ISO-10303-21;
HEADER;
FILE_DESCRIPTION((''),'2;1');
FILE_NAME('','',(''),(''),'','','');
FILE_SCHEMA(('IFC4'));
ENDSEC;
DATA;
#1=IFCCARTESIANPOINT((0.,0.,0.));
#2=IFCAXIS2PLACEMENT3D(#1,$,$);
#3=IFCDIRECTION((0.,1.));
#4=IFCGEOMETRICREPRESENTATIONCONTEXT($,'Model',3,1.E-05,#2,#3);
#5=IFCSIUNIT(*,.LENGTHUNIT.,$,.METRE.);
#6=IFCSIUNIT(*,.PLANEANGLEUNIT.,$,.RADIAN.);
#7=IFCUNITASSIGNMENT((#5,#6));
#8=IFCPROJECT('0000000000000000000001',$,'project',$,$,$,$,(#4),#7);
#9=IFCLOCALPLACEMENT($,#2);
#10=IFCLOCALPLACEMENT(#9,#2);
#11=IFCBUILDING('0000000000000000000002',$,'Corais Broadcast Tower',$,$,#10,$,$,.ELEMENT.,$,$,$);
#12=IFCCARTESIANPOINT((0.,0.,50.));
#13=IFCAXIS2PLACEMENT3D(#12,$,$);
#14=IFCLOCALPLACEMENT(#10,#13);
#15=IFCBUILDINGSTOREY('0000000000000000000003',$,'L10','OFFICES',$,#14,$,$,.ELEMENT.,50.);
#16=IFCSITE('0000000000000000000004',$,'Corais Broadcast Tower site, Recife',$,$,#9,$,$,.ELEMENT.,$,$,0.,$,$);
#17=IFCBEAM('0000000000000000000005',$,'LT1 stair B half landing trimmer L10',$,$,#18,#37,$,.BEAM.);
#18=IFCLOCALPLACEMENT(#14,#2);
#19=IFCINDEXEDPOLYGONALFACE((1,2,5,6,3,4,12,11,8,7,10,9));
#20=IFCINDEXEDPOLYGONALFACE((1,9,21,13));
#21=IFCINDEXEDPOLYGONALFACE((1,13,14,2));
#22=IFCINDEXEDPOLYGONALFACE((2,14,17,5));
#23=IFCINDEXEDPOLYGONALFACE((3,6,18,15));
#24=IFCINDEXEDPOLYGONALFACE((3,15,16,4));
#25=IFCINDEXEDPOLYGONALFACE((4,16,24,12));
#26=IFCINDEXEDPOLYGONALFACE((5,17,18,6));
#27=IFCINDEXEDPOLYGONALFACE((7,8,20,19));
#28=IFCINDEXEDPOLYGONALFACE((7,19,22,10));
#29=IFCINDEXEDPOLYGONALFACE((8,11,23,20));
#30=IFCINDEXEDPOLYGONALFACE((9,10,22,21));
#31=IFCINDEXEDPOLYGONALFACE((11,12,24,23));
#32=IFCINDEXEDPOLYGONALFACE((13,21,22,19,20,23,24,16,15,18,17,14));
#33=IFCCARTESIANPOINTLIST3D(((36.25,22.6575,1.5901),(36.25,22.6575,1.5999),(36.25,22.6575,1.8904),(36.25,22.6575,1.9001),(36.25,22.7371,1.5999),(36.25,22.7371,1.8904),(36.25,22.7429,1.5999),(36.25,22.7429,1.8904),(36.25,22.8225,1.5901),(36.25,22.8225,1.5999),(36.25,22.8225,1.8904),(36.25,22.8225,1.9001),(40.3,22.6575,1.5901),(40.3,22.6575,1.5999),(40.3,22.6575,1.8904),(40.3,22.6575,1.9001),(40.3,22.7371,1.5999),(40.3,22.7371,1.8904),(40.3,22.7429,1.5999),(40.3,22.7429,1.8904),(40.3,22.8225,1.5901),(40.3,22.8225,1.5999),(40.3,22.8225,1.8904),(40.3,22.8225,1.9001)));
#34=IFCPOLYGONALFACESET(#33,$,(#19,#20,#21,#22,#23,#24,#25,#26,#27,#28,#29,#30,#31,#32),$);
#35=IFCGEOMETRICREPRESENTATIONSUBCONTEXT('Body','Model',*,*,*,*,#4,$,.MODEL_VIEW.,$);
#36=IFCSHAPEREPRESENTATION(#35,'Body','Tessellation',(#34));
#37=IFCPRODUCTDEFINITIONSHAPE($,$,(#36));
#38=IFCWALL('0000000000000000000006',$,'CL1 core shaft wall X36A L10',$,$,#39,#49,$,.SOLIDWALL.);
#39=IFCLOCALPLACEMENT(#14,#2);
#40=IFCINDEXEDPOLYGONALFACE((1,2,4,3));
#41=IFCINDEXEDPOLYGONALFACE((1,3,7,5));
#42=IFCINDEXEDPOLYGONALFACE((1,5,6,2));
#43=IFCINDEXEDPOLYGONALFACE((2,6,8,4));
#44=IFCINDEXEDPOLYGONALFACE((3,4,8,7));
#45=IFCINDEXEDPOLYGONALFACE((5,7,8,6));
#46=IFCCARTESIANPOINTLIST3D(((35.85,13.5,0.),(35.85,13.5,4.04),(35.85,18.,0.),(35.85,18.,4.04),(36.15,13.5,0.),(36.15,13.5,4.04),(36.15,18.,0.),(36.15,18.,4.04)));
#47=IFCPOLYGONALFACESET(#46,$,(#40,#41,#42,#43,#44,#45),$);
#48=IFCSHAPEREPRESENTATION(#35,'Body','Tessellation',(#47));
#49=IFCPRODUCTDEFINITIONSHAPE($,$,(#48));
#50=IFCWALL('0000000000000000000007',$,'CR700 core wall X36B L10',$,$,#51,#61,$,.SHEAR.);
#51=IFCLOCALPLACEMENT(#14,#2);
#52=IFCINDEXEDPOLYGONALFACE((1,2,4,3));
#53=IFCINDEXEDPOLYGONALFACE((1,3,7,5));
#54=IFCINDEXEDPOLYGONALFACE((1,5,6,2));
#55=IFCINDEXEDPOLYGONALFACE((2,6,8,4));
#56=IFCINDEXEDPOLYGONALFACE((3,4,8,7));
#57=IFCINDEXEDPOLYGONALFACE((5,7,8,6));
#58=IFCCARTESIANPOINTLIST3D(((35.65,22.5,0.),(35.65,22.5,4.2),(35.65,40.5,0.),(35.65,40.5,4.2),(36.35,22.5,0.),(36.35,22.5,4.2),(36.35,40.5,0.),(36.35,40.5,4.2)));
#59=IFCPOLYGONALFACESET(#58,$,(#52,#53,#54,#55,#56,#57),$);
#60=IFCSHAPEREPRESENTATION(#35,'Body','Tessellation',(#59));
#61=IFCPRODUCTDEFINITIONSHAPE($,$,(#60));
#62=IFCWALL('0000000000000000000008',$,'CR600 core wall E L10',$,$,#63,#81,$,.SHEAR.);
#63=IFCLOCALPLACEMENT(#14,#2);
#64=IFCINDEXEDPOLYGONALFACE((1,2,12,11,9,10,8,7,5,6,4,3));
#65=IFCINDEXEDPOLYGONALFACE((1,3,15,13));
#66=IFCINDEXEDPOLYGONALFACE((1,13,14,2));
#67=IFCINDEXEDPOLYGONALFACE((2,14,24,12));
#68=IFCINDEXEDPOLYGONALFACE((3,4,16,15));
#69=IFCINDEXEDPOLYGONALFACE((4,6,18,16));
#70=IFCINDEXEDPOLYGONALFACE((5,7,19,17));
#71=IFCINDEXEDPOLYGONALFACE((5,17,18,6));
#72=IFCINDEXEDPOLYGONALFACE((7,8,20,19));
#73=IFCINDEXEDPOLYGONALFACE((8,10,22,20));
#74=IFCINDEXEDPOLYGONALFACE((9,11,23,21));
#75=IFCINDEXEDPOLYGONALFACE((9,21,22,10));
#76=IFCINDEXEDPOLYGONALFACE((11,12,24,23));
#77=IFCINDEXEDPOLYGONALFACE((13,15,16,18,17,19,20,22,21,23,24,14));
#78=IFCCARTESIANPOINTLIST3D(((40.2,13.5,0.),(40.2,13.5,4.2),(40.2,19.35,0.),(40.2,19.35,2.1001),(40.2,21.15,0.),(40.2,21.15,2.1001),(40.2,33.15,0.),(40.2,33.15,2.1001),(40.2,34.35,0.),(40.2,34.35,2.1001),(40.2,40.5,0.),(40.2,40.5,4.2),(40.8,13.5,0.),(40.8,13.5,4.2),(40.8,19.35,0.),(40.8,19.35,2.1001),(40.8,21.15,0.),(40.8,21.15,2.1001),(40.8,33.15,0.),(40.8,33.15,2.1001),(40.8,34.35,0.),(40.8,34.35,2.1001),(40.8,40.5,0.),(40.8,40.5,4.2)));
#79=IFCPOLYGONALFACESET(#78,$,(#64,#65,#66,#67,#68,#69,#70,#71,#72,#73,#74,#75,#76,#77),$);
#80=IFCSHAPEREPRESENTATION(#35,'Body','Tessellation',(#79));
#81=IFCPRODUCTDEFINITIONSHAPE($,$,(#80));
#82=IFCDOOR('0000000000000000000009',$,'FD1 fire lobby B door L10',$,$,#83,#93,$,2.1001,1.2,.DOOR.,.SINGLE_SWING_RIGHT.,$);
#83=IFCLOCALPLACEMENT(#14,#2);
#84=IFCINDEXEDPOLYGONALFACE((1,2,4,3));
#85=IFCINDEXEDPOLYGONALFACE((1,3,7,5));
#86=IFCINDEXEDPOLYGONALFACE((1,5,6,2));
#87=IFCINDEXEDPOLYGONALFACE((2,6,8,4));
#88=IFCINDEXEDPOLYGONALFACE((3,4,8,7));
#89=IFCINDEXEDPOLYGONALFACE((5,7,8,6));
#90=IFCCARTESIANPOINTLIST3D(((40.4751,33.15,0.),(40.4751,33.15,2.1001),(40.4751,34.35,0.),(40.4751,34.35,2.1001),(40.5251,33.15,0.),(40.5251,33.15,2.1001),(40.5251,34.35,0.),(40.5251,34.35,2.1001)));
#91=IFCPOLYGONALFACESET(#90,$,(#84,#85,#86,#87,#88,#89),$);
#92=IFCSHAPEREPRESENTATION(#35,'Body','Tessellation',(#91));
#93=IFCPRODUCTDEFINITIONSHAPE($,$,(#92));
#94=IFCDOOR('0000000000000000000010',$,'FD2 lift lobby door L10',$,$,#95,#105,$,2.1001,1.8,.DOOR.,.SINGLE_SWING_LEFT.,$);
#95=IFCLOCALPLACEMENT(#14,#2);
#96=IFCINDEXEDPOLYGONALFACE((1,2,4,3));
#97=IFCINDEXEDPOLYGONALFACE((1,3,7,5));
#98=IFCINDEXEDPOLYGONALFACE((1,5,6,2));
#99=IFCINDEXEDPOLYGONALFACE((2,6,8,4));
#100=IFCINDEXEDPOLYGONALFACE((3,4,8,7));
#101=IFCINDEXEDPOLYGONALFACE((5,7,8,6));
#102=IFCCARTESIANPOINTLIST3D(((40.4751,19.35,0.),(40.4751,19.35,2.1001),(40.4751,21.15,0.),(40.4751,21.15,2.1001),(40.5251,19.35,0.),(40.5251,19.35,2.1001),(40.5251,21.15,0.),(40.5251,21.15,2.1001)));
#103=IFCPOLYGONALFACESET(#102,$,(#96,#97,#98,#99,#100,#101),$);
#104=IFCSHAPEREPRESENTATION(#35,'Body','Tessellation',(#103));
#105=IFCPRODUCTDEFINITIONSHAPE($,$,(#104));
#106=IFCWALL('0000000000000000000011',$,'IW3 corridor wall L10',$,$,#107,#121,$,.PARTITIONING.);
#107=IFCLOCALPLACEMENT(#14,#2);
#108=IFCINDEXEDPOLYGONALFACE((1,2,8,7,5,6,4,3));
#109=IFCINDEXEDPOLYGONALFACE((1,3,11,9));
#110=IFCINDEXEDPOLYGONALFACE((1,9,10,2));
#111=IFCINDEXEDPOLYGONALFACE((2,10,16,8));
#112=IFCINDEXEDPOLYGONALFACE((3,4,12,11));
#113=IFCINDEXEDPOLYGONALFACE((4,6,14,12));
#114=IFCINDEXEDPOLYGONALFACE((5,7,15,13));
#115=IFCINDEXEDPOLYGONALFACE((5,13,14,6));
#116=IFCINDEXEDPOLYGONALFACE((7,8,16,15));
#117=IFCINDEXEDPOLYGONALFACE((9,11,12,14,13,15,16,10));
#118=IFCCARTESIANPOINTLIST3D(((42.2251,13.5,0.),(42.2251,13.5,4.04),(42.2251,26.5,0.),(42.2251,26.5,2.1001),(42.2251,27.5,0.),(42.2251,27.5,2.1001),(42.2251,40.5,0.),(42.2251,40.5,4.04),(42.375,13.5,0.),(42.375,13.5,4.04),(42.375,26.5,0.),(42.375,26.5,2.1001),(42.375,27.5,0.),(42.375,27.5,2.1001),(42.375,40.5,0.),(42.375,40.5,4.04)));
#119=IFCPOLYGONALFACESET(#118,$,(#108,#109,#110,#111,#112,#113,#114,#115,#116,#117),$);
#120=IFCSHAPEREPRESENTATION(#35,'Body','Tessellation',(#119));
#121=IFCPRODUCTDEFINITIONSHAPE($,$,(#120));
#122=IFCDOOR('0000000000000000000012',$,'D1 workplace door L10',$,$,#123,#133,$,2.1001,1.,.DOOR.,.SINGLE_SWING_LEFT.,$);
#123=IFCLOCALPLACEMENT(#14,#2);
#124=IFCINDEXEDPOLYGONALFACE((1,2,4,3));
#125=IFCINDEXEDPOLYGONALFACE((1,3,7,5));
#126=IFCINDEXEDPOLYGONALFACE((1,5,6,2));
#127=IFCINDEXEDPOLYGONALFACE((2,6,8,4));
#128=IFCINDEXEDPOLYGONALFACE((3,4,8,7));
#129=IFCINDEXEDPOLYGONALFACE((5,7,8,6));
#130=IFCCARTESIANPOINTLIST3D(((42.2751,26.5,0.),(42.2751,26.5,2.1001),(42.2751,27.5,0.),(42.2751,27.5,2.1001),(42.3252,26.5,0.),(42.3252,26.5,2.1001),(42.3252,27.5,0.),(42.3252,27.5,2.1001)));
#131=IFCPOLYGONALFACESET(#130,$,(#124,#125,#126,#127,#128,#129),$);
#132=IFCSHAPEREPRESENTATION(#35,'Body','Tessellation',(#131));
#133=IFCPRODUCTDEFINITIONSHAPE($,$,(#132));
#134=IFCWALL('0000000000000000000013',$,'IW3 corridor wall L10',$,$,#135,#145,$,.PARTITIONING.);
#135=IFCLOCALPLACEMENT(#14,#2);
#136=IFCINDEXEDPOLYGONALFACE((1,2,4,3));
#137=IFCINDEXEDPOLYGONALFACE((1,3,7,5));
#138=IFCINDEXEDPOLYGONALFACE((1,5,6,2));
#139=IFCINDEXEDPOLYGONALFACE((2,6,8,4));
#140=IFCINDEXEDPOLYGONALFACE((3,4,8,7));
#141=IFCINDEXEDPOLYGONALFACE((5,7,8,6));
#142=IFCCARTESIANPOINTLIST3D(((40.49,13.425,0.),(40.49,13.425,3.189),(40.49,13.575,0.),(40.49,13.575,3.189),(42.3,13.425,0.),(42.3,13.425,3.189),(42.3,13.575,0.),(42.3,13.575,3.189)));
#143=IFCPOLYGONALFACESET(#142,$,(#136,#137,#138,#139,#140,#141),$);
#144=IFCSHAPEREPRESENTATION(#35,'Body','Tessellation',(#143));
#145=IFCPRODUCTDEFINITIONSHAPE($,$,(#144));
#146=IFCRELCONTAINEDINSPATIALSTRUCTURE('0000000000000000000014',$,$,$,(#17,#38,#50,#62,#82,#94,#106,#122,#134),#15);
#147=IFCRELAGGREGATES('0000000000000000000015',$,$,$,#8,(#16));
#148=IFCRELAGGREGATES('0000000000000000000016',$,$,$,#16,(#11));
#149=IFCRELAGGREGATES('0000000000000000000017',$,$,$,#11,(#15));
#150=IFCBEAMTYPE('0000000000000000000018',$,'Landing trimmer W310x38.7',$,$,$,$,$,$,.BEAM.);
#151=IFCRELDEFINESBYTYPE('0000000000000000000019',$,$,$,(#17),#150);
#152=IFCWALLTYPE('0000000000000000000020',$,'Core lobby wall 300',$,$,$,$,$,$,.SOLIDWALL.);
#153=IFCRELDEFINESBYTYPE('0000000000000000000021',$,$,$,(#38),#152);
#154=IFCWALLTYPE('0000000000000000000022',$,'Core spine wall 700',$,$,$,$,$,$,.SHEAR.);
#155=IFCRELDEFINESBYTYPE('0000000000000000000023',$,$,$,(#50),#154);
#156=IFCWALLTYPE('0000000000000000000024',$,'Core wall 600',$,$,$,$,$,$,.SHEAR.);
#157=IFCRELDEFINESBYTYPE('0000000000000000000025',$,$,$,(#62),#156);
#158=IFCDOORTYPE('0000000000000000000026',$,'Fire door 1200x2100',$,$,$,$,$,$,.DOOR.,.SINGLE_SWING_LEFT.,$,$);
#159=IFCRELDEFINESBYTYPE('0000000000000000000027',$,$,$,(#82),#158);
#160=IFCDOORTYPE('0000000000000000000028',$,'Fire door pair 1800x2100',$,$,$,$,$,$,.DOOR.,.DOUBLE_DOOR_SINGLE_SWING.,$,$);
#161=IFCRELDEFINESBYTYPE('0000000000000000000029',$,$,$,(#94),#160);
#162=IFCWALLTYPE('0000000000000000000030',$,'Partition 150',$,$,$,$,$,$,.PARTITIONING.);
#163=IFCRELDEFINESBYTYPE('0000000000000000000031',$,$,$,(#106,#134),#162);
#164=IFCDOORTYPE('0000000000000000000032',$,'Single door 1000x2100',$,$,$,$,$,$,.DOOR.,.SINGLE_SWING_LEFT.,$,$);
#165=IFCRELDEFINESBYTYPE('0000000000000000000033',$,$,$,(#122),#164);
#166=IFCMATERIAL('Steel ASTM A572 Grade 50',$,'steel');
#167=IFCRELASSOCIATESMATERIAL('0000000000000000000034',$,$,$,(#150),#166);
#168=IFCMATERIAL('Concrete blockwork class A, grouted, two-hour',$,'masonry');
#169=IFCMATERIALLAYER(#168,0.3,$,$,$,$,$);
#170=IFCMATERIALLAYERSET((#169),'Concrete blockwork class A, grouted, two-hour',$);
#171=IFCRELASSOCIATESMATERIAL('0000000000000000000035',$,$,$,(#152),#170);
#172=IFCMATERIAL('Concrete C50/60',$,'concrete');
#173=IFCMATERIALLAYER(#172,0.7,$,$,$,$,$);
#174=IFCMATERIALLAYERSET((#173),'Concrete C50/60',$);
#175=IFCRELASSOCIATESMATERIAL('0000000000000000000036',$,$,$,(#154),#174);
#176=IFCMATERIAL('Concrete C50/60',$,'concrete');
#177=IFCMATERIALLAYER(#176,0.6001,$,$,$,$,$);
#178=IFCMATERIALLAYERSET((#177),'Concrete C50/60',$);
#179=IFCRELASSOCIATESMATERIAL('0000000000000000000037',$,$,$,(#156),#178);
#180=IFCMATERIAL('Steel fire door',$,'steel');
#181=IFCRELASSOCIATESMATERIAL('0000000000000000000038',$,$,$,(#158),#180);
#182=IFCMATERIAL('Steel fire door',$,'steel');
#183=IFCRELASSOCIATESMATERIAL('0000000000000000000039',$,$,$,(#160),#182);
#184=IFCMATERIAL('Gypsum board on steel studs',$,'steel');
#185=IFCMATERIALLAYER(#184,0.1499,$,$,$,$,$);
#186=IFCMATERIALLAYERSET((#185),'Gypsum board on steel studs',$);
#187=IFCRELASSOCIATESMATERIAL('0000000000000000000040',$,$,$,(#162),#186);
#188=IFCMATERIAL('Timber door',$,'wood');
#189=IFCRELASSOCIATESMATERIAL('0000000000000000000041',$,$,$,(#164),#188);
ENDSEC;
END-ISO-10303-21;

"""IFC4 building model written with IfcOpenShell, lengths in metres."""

from ifc_helpers import new_model, si_unit, direction, frame, frame_2d, origin, origin_2d, place, context, subcontext, project, spatial, rectangle, i_section, extrude, material, layer, layer_set, material_profile, profile_set, type_object, element, fill, save


model = new_model("IFC4")

# Units and contexts
model_context = context("Model", 3, precision=1e-05, world=origin(), true_north=direction((0.0, 1.0)))
body_context = subcontext(model_context, "Body", "Model", "MODEL_VIEW")
ifc_project = project(units=[si_unit("LENGTHUNIT", "METRE"), si_unit("PLANEANGLEUNIT", "RADIAN")], contexts=[model_context])

# Site, building, storey
site_placement = place(None, origin())
site = spatial("IfcSite", under=ifc_project, at=site_placement, Name="Corais Broadcast Tower site, Recife", CompositionType="ELEMENT", RefElevation=0.0)
building_placement = place(site_placement, origin())
building = spatial("IfcBuilding", under=site, at=building_placement, Name="Corais Broadcast Tower", CompositionType="ELEMENT")
storey_placement = place(building_placement, frame((0.0, 0.0, 50.0)))
storey = spatial("IfcBuildingStorey", under=building, at=storey_placement, Name="L10", Description="OFFICES", CompositionType="ELEMENT", Elevation=50.0)

# Beam
ifc_material_1 = material(Name="Steel ASTM A572 Grade 50", Category="steel")
ifc_material_profile = material_profile(ifc_material_1, i_section(OverallWidth=0.165, OverallDepth=0.3101, WebThickness=0.0059, FlangeThickness=0.0098, at=origin_2d()), Name="W310x38.7")
ifc_profile_set = profile_set([ifc_material_profile], Name="Steel ASTM A572 Grade 50")
beam_type = type_object("IfcBeamType", Name="Landing trimmer W310x38.7", PredefinedType="BEAM", material=ifc_profile_set)
beam_placement = place(storey_placement, frame((36.25, 22.74, 1.7451), z_axis=(1.0, 0.0, 0.0), x_axis=(0.0, 1.0, 0.0)))
element("IfcBeam", 1, at=beam_placement, inside=storey, type_object=beam_type, Name="LT1 stair B half landing trimmer L10", PredefinedType="BEAM", context=body_context, shape_type="SweptSolid", body=[
    extrude(i_section(OverallWidth=0.165, OverallDepth=0.3101, WebThickness=0.0059, FlangeThickness=0.0098, at=origin_2d()), origin(), (0.0, 0.0, 1.0), 4.05),
])

# Walls
ifc_material_2 = material(Name="Concrete blockwork class A, grouted, two-hour", Category="masonry")
ifc_layer_1 = layer(ifc_material_2, 0.3)
ifc_layer_set_1 = layer_set([ifc_layer_1], Name="Concrete blockwork class A, grouted, two-hour")
wall_type_1 = type_object("IfcWallType", Name="Core lobby wall 300", PredefinedType="SOLIDWALL", material=ifc_layer_set_1)
wall_1_placement = place(storey_placement, frame((36.0, 13.5, 0.0), z_axis=(0.0, 0.0, 1.0), x_axis=(0.0, 1.0, 0.0)))
element("IfcWall", 2, at=wall_1_placement, inside=storey, type_object=wall_type_1, Name="CL1 core shaft wall X36A L10", PredefinedType="SOLIDWALL", context=body_context, shape_type="SweptSolid", body=[
    extrude(rectangle(XDim=4.5, YDim=0.3, at=frame_2d((2.25, 0.0))), origin(), (0.0, 0.0, 1.0), 4.04),
])
ifc_material_3 = material(Name="Concrete C50/60", Category="concrete")
ifc_layer_2 = layer(ifc_material_3, 0.7)
ifc_layer_set_2 = layer_set([ifc_layer_2], Name="Concrete C50/60")
wall_type_2 = type_object("IfcWallType", Name="Core spine wall 700", PredefinedType="SHEAR", material=ifc_layer_set_2)
wall_2_placement = place(storey_placement, frame((36.0, 22.5, 0.0), z_axis=(0.0, 0.0, 1.0), x_axis=(0.0, 1.0, 0.0)))
element("IfcWall", 3, at=wall_2_placement, inside=storey, type_object=wall_type_2, Name="CR700 core wall X36B L10", PredefinedType="SHEAR", context=body_context, shape_type="SweptSolid", body=[
    extrude(rectangle(XDim=18.0, YDim=0.7, at=frame_2d((9.0, 0.0))), origin(), (0.0, 0.0, 1.0), 4.2),
])

# Wall, openings, doors
ifc_material_4 = material(Name="Concrete C50/60", Category="concrete")
ifc_layer_3 = layer(ifc_material_4, 0.6001)
ifc_layer_set_3 = layer_set([ifc_layer_3], Name="Concrete C50/60")
wall_type_3 = type_object("IfcWallType", Name="Core wall 600", PredefinedType="SHEAR", material=ifc_layer_set_3)
wall_3_placement = place(storey_placement, frame((40.5, 13.5, 0.0), z_axis=(0.0, 0.0, 1.0), x_axis=(0.0, 1.0, 0.0)))
wall_3 = element("IfcWall", 4, at=wall_3_placement, inside=storey, type_object=wall_type_3, Name="CR600 core wall E L10", PredefinedType="SHEAR", context=body_context, shape_type="SweptSolid", body=[
    extrude(rectangle(XDim=27.0, YDim=0.6001, at=frame_2d((13.5, 0.0))), origin(), (0.0, 0.0, 1.0), 4.2),
])
opening_1_placement = place(wall_3_placement, frame((5.8501, 0.0, 0.0)))
opening_1 = element("IfcOpeningElement", 5, at=opening_1_placement, cuts=wall_3, PredefinedType="OPENING", context=body_context, shape_type="SweptSolid", body=[
    extrude(rectangle(XDim=1.8, YDim=2.1001, at=frame_2d((0.8999, 1.05))), frame((0.0, 0.3101, 0.0), z_axis=(0.0, -1.0, 0.0), x_axis=(1.0, 0.0, 0.0)), (0.0, 0.0, 1.0), 0.6201),
])
opening_2_placement = place(wall_3_placement, frame((19.6499, 0.0, 0.0)))
opening_2 = element("IfcOpeningElement", 6, at=opening_2_placement, cuts=wall_3, PredefinedType="OPENING", context=body_context, shape_type="SweptSolid", body=[
    extrude(rectangle(XDim=1.2, YDim=2.1001, at=frame_2d((0.6001, 1.05))), frame((0.0, 0.3101, 0.0), z_axis=(0.0, -1.0, 0.0), x_axis=(1.0, 0.0, 0.0)), (0.0, 0.0, 1.0), 0.6201),
])
ifc_material_5 = material(Name="Steel fire door", Category="steel")
door_type_1 = type_object("IfcDoorType", Name="Fire door 1200x2100", OperationType="SINGLE_SWING_LEFT", PredefinedType="DOOR", material=ifc_material_5)
door_1_placement = place(opening_2_placement, origin())
door_1 = element("IfcDoor", 7, at=door_1_placement, inside=storey, type_object=door_type_1, Name="FD1 fire lobby B door L10", OperationType="SINGLE_SWING_RIGHT", OverallHeight=2.1001, OverallWidth=1.2, PredefinedType="DOOR", context=body_context, shape_type="SweptSolid", body=[
    extrude(rectangle(XDim=1.2, YDim=2.1001, at=frame_2d((0.6001, 1.05))), frame((0.0, 0.0249, 0.0), z_axis=(0.0, -1.0, 0.0), x_axis=(1.0, 0.0, 0.0)), (0.0, 0.0, 1.0), 0.05),
])
fill(opening_2, door_1)
ifc_material_6 = material(Name="Steel fire door", Category="steel")
door_type_2 = type_object("IfcDoorType", Name="Fire door pair 1800x2100", OperationType="DOUBLE_DOOR_SINGLE_SWING", PredefinedType="DOOR", material=ifc_material_6)
door_2_placement = place(opening_1_placement, origin())
door_2 = element("IfcDoor", 8, at=door_2_placement, inside=storey, type_object=door_type_2, Name="FD2 lift lobby door L10", OperationType="SINGLE_SWING_LEFT", OverallHeight=2.1001, OverallWidth=1.8, PredefinedType="DOOR", context=body_context, shape_type="SweptSolid", body=[
    extrude(rectangle(XDim=1.8, YDim=2.1001, at=frame_2d((0.8999, 1.05))), frame((0.0, 0.0249, 0.0), z_axis=(0.0, -1.0, 0.0), x_axis=(1.0, 0.0, 0.0)), (0.0, 0.0, 1.0), 0.05),
])
fill(opening_1, door_2)

# Wall, opening, door
ifc_material_7 = material(Name="Gypsum board on steel studs", Category="steel")
ifc_layer_4 = layer(ifc_material_7, 0.1499)
ifc_layer_set_4 = layer_set([ifc_layer_4], Name="Gypsum board on steel studs")
wall_type_4 = type_object("IfcWallType", Name="Partition 150", PredefinedType="PARTITIONING", material=ifc_layer_set_4)
wall_4_placement = place(storey_placement, frame((42.3, 13.5, 0.0), z_axis=(0.0, 0.0, 1.0), x_axis=(0.0, 1.0, 0.0)))
wall_4 = element("IfcWall", 9, at=wall_4_placement, inside=storey, type_object=wall_type_4, Name="IW3 corridor wall L10", PredefinedType="PARTITIONING", context=body_context, shape_type="SweptSolid", body=[
    extrude(rectangle(XDim=27.0, YDim=0.1499, at=frame_2d((13.5, 0.0))), origin(), (0.0, 0.0, 1.0), 4.04),
])
opening_3_placement = place(wall_4_placement, frame((13.0, 0.0, 0.0)))
opening_3 = element("IfcOpeningElement", 10, at=opening_3_placement, cuts=wall_4, PredefinedType="OPENING", context=body_context, shape_type="SweptSolid", body=[
    extrude(rectangle(XDim=1.0, YDim=2.1001, at=frame_2d((0.5, 1.05))), frame((0.0, 0.085, 0.0), z_axis=(0.0, -1.0, 0.0), x_axis=(1.0, 0.0, 0.0)), (0.0, 0.0, 1.0), 0.1699),
])
ifc_material_8 = material(Name="Timber door", Category="wood")
door_type_3 = type_object("IfcDoorType", Name="Single door 1000x2100", OperationType="SINGLE_SWING_LEFT", PredefinedType="DOOR", material=ifc_material_8)
door_3_placement = place(opening_3_placement, origin())
door_3 = element("IfcDoor", 11, at=door_3_placement, inside=storey, type_object=door_type_3, Name="D1 workplace door L10", OperationType="SINGLE_SWING_LEFT", OverallHeight=2.1001, OverallWidth=1.0, PredefinedType="DOOR", context=body_context, shape_type="SweptSolid", body=[
    extrude(rectangle(XDim=1.0, YDim=2.1001, at=frame_2d((0.5, 1.05))), frame((0.0, 0.0249, 0.0), z_axis=(0.0, -1.0, 0.0), x_axis=(1.0, 0.0, 0.0)), (0.0, 0.0, 1.0), 0.05),
])
fill(opening_3, door_3)

# Wall
wall_5_placement = place(storey_placement, frame((40.49, 13.5, 0.0), z_axis=(0.0, 0.0, 1.0), x_axis=(1.0, 0.0, 0.0)))
element("IfcWall", 12, at=wall_5_placement, inside=storey, type_object=wall_type_4, Name="IW3 corridor wall L10", PredefinedType="PARTITIONING", context=body_context, shape_type="SweptSolid", body=[
    extrude(rectangle(XDim=1.8101, YDim=0.1499, at=frame_2d((0.905, 0.0))), origin(), (0.0, 0.0, 1.0), 3.189),
])

save(model, "model.ifc")
